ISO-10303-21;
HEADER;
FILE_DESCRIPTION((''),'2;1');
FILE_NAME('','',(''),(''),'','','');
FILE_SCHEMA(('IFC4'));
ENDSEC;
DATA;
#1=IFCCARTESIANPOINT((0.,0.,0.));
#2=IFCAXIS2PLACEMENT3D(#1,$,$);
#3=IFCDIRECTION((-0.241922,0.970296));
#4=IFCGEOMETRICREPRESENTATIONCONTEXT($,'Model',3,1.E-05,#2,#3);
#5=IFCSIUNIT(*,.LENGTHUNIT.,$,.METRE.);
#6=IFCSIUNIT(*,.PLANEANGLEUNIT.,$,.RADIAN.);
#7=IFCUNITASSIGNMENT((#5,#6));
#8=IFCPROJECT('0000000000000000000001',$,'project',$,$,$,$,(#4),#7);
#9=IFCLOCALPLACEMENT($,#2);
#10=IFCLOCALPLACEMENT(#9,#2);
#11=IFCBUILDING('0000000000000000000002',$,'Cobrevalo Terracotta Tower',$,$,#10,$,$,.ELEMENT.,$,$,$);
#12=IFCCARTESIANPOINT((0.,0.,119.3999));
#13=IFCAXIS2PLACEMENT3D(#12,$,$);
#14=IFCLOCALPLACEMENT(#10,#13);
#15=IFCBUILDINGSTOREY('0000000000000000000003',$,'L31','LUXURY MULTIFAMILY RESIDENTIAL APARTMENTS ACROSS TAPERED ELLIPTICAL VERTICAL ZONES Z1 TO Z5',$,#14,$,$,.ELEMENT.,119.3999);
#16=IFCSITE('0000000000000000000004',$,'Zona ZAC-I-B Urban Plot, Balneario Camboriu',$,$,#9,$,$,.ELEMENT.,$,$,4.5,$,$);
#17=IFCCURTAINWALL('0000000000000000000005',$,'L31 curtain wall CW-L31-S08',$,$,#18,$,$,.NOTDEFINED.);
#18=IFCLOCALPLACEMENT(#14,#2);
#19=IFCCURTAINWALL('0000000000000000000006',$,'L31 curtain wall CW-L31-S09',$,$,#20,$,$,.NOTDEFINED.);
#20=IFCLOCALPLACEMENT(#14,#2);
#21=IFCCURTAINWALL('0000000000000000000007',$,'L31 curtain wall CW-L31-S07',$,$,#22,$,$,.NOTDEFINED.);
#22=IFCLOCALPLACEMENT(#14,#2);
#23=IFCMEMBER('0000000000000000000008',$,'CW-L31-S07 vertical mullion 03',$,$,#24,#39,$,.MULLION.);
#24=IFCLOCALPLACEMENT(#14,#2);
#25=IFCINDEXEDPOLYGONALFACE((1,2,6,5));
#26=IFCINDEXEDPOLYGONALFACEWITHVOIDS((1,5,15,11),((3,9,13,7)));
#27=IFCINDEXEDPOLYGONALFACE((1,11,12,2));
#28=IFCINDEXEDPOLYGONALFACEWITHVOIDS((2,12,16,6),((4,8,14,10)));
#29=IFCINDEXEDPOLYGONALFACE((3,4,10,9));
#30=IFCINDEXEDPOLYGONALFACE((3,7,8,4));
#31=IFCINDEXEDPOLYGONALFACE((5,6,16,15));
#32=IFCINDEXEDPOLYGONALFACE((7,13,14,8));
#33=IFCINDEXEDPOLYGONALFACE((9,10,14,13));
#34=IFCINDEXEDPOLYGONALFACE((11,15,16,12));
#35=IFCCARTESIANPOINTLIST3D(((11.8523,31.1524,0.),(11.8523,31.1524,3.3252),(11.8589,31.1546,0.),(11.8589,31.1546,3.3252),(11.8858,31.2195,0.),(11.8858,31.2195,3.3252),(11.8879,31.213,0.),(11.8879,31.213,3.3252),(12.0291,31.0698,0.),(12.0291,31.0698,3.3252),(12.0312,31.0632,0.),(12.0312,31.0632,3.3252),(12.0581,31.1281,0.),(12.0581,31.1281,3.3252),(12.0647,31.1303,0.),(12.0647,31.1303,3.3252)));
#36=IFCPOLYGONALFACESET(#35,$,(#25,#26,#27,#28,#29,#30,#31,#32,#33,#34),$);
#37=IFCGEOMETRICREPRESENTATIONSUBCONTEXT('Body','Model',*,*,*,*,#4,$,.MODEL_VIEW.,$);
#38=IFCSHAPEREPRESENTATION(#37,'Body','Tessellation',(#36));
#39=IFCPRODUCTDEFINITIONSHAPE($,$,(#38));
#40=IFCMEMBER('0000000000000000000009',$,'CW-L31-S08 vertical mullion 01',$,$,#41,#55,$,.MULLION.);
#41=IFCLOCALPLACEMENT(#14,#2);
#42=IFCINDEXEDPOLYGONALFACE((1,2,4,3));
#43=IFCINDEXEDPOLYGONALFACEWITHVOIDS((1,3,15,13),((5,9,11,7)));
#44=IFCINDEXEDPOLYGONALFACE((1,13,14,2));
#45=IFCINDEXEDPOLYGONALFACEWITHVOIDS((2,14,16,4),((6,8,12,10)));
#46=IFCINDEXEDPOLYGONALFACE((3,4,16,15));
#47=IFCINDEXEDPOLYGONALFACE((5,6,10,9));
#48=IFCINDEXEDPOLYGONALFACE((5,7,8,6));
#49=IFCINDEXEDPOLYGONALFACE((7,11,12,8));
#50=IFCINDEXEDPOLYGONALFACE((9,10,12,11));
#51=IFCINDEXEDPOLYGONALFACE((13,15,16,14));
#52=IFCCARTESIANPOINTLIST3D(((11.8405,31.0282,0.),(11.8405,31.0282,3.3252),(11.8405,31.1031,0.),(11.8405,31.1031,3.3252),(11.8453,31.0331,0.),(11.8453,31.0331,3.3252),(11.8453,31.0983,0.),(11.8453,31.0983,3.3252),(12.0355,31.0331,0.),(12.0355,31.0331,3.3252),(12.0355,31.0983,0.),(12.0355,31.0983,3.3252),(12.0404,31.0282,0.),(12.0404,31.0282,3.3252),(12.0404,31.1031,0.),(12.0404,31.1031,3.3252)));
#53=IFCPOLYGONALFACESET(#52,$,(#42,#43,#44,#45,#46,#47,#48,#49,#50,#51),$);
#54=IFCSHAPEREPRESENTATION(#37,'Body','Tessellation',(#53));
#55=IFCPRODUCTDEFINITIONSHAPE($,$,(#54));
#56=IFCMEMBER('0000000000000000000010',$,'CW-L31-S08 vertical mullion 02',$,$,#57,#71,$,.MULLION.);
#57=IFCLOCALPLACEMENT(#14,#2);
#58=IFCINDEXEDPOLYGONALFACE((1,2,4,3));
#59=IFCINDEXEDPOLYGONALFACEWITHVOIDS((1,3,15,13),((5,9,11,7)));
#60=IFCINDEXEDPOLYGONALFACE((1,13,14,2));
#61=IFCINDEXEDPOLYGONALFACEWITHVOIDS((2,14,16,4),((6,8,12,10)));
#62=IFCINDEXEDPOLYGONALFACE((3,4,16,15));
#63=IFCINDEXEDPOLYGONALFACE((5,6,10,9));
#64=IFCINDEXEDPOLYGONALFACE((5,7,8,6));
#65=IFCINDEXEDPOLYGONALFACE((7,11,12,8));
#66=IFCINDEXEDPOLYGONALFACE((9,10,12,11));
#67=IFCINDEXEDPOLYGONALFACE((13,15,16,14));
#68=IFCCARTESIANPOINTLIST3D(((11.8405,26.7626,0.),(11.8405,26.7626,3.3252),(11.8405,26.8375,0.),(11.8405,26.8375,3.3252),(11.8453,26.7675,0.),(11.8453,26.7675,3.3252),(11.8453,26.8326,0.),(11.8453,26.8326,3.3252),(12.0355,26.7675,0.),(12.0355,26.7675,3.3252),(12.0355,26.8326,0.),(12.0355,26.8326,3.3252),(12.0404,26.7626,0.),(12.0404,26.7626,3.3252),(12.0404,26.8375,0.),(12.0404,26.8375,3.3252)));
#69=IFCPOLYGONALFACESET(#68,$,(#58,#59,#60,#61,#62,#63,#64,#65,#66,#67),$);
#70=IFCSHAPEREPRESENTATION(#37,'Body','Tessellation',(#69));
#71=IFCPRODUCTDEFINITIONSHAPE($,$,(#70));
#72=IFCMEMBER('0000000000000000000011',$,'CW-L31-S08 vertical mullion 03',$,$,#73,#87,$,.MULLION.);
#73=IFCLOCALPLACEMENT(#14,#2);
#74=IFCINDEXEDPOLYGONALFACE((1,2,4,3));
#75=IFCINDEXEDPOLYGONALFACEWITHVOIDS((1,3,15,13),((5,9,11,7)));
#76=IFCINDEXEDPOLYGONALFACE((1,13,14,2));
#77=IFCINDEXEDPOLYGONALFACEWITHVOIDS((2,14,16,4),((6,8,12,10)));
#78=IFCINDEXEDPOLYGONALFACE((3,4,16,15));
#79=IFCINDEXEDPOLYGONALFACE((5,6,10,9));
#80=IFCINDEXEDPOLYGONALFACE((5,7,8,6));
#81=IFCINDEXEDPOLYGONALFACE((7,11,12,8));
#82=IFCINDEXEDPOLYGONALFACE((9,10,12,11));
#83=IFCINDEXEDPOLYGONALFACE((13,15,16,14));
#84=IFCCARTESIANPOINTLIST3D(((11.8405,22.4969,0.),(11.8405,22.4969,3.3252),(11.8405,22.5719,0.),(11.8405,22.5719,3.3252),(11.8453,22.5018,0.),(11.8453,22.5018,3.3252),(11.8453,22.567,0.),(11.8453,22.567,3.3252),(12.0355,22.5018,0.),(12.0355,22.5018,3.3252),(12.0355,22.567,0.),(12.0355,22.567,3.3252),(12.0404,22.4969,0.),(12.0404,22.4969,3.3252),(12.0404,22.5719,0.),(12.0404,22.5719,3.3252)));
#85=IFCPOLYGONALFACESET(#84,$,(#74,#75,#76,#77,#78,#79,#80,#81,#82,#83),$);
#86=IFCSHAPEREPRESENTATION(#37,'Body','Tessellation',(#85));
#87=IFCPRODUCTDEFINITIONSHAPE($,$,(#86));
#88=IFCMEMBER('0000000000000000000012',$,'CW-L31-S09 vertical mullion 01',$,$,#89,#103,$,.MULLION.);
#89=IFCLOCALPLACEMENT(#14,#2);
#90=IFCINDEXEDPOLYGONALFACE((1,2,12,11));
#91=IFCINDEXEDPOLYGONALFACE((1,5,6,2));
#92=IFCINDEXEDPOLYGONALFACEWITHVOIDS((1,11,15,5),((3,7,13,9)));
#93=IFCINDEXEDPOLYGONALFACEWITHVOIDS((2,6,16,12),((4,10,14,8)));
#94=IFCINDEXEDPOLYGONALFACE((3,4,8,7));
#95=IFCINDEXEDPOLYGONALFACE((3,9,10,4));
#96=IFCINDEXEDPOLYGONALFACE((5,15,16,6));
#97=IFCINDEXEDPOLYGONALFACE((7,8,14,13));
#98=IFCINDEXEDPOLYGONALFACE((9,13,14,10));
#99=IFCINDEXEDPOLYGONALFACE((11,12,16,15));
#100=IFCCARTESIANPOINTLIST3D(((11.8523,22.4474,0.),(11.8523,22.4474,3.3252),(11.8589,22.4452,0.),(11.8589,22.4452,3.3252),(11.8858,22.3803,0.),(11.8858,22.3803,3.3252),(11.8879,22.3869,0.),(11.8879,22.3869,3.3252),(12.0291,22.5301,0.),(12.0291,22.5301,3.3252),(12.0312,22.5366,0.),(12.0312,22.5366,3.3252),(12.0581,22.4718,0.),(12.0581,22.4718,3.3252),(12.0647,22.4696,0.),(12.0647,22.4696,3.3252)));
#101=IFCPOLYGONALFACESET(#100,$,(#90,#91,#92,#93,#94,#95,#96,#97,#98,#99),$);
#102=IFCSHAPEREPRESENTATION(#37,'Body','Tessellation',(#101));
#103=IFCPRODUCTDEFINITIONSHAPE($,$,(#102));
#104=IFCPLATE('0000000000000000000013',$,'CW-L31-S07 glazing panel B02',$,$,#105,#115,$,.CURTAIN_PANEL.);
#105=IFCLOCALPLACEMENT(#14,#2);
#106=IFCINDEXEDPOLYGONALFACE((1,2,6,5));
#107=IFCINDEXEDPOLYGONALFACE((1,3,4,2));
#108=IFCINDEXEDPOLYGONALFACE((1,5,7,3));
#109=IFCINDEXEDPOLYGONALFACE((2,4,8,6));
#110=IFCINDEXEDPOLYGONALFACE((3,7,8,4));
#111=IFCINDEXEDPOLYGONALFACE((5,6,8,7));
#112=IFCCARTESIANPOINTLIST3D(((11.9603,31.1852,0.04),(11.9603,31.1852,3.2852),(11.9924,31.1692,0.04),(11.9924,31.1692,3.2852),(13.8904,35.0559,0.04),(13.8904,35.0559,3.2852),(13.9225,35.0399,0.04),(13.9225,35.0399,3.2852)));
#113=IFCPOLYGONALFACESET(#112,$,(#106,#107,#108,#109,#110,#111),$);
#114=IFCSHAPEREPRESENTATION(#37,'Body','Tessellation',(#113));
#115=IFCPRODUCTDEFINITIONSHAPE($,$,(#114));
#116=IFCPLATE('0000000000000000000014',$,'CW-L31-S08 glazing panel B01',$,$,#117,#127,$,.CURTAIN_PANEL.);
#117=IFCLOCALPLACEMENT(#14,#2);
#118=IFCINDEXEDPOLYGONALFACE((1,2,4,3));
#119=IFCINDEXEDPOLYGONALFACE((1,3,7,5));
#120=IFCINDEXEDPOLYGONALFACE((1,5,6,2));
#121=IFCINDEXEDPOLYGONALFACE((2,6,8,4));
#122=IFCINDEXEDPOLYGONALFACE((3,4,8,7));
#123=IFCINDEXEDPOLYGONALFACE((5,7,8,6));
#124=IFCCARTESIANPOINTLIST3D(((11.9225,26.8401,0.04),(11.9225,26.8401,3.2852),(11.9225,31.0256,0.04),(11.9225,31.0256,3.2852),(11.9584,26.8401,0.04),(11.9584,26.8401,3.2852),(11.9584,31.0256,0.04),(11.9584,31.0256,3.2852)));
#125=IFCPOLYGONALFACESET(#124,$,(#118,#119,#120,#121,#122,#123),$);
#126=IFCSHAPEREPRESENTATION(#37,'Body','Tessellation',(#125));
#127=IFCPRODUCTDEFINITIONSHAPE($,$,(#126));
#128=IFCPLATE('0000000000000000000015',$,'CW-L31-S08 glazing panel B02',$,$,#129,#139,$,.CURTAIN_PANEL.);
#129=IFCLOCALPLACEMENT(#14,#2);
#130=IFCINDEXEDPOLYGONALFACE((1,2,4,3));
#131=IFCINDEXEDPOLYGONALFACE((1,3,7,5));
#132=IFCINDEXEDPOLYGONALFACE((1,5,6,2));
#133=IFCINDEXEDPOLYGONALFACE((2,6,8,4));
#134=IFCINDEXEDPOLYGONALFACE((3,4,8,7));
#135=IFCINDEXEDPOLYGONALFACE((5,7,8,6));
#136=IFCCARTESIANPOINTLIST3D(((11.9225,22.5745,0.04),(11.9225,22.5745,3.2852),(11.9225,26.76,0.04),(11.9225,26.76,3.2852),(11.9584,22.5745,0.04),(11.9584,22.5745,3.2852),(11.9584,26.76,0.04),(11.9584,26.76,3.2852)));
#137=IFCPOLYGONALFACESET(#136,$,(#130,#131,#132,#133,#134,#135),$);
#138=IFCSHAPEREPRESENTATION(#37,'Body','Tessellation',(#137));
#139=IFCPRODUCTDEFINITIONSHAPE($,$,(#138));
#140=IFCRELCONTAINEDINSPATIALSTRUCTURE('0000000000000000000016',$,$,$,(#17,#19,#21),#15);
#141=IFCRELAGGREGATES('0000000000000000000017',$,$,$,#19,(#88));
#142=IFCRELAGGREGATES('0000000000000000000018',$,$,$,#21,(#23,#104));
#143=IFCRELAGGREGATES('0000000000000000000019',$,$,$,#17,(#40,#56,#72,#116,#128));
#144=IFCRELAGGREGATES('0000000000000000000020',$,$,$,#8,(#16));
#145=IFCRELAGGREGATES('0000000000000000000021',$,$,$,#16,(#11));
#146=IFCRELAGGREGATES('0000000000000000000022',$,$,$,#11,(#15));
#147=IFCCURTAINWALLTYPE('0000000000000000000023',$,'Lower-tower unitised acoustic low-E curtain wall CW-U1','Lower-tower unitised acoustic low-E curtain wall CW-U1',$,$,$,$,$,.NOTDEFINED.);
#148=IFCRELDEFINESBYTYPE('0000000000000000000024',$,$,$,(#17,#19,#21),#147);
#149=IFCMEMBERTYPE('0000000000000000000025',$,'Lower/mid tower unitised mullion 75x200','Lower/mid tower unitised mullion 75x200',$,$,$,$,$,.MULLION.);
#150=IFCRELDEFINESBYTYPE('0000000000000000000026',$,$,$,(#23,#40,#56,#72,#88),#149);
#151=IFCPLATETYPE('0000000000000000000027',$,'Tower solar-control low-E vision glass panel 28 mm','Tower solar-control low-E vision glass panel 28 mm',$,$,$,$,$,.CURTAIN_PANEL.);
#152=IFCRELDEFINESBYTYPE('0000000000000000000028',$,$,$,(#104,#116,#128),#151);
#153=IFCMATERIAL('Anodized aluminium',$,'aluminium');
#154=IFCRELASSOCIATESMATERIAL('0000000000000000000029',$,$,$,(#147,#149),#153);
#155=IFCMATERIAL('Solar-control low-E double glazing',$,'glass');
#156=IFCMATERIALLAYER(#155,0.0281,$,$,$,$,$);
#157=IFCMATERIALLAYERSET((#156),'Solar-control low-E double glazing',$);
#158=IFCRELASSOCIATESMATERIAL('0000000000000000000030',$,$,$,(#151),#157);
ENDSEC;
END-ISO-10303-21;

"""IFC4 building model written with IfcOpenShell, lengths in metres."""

from ifc_helpers import new_model, si_unit, direction, frame, origin, origin_2d, place, context, subcontext, project, spatial, rectangle, hollow_rectangle, extrude, source, transform, mapped, material, layer, layer_set, material_profile, profile_set, type_object, element, aggregate, save


model = new_model("IFC4")

# Units and contexts
model_context = context("Model", 3, precision=1e-05, world=origin(), true_north=direction((-0.241922, 0.970296)))
body_context = subcontext(model_context, "Body", "Model", "MODEL_VIEW")
ifc_project = project(units=[si_unit("LENGTHUNIT", "METRE"), si_unit("PLANEANGLEUNIT", "RADIAN")], contexts=[model_context])

# Site, building, storey
site_placement = place(None, origin())
site = spatial("IfcSite", under=ifc_project, at=site_placement, Name="Zona ZAC-I-B Urban Plot, Balneario Camboriu", CompositionType="ELEMENT", RefElevation=4.5)
building_placement = place(site_placement, origin())
building = spatial("IfcBuilding", under=site, at=building_placement, Name="Cobrevalo Terracotta Tower", CompositionType="ELEMENT")
storey_placement = place(building_placement, frame((0.0, 0.0, 119.3999)))
storey = spatial("IfcBuildingStorey", under=building, at=storey_placement, Name="L31", Description="LUXURY MULTIFAMILY RESIDENTIAL APARTMENTS ACROSS TAPERED ELLIPTICAL VERTICAL ZONES Z1 TO Z5", CompositionType="ELEMENT", Elevation=119.3999)

# Curtain wall
ifc_material_1 = material(Name="Anodized aluminium", Category="aluminium")
curtain_wall_type = type_object("IfcCurtainWallType", Name="Lower-tower unitised acoustic low-E curtain wall CW-U1", Description="Lower-tower unitised acoustic low-E curtain wall CW-U1", PredefinedType="NOTDEFINED", material=ifc_material_1)
curtain_wall_1_placement = place(storey_placement, origin())
curtain_wall_1 = element("IfcCurtainWall", 1, at=curtain_wall_1_placement, inside=storey, type_object=curtain_wall_type, Name="L31 curtain wall CW-L31-S08", PredefinedType="NOTDEFINED")

# Curtain walls, member
curtain_wall_2_placement = place(storey_placement, origin())
curtain_wall_2 = element("IfcCurtainWall", 2, at=curtain_wall_2_placement, inside=storey, type_object=curtain_wall_type, Name="L31 curtain wall CW-L31-S09", PredefinedType="NOTDEFINED")
curtain_wall_3_placement = place(storey_placement, origin())
curtain_wall_3 = element("IfcCurtainWall", 3, at=curtain_wall_3_placement, inside=storey, type_object=curtain_wall_type, Name="L31 curtain wall CW-L31-S07", PredefinedType="NOTDEFINED")
ifc_material_profile_1 = material_profile(ifc_material_1, hollow_rectangle(XDim=0.075, YDim=0.2, WallThickness=0.0049, at=origin_2d()), Name="CWM 75x200")
ifc_profile_set_1 = profile_set([ifc_material_profile_1], Name="Anodized aluminium")
member_type_1 = type_object("IfcMemberType", Name="Lower/mid tower unitised mullion 75x200", Description="Lower/mid tower unitised mullion 75x200", PredefinedType="MULLION", material=ifc_profile_set_1)
shared_shape_1 = source(origin(), body_context, "Body", "SweptSolid", [
    extrude(hollow_rectangle(XDim=0.075, YDim=0.2, WallThickness=0.0049, at=origin_2d()), origin(), (0.0, 0.0, 1.0), 3.3252),
])
member_1_placement = place(storey_placement, frame((11.9585, 31.1414, 0.0), z_axis=(0.0, 0.0, 1.0), x_axis=(-0.44626, -0.894903, 0.0)))
member_1 = element("IfcMember", 4, at=member_1_placement, type_object=member_type_1, Name="CW-L31-S07 vertical mullion 03", PredefinedType="MULLION", context=body_context, shape_type="MappedRepresentation", body=[
    mapped(shared_shape_1, transform((0.0, 0.0, 0.0), scale=1.0)),
])

# Members
member_2_placement = place(storey_placement, frame((11.9404, 31.0657, 0.0), z_axis=(0.0, 0.0, 1.0), x_axis=(0.0, -1.0, 0.0)))
member_2 = element("IfcMember", 5, at=member_2_placement, type_object=member_type_1, Name="CW-L31-S08 vertical mullion 01", PredefinedType="MULLION", context=body_context, shape_type="MappedRepresentation", body=[
    mapped(shared_shape_1, transform((0.0, 0.0, 0.0), scale=1.0)),
])
member_3_placement = place(storey_placement, frame((11.9404, 26.8, 0.0), z_axis=(0.0, 0.0, 1.0), x_axis=(0.0, -1.0, 0.0)))
member_3 = element("IfcMember", 6, at=member_3_placement, type_object=member_type_1, Name="CW-L31-S08 vertical mullion 02", PredefinedType="MULLION", context=body_context, shape_type="MappedRepresentation", body=[
    mapped(shared_shape_1, transform((0.0, 0.0, 0.0), scale=1.0)),
])
member_4_placement = place(storey_placement, frame((11.9404, 22.5344, 0.0), z_axis=(0.0, 0.0, 1.0), x_axis=(0.0, -1.0, 0.0)))
member_4 = element("IfcMember", 7, at=member_4_placement, type_object=member_type_1, Name="CW-L31-S08 vertical mullion 03", PredefinedType="MULLION", context=body_context, shape_type="MappedRepresentation", body=[
    mapped(shared_shape_1, transform((0.0, 0.0, 0.0), scale=1.0)),
])
member_5_placement = place(storey_placement, frame((11.9585, 22.4585, 0.0), z_axis=(0.0, 0.0, 1.0), x_axis=(0.44626, -0.894903, 0.0)))
member_5 = element("IfcMember", 8, at=member_5_placement, type_object=member_type_1, Name="CW-L31-S09 vertical mullion 01", PredefinedType="MULLION", context=body_context, shape_type="MappedRepresentation", body=[
    mapped(shared_shape_1, transform((0.0, 0.0, 0.0), scale=1.0)),
])
aggregate(curtain_wall_2, [member_5])

# Plates
ifc_material_2 = material(Name="Solar-control low-E double glazing", Category="glass")
ifc_layer = layer(ifc_material_2, 0.0281)
ifc_layer_set = layer_set([ifc_layer], Name="Solar-control low-E double glazing")
plate_type = type_object("IfcPlateType", Name="Tower solar-control low-E vision glass panel 28 mm", Description="Tower solar-control low-E vision glass panel 28 mm", PredefinedType="CURTAIN_PANEL", material=ifc_layer_set)
shared_shape_2 = source(origin(), body_context, "Body", "SweptSolid", [
    extrude(rectangle(XDim=4.3252, YDim=0.0359, at=origin_2d()), origin(), (0.0, 0.0, 1.0), 3.2451),
])
plate_1_placement = place(storey_placement, frame((12.9414, 33.1125, 0.04), z_axis=(0.0, 0.0, 1.0), x_axis=(-0.446262, -0.894902, 0.0)))
plate_1 = element("IfcPlate", 9, at=plate_1_placement, type_object=plate_type, Name="CW-L31-S07 glazing panel B02", PredefinedType="CURTAIN_PANEL", context=body_context, shape_type="MappedRepresentation", body=[
    mapped(shared_shape_2, transform((0.0, 0.0, 0.0), scale=1.0)),
])
aggregate(curtain_wall_3, [member_1, plate_1])
shared_shape_3 = source(origin(), body_context, "Body", "SweptSolid", [
    extrude(rectangle(XDim=4.1855, YDim=0.0359, at=origin_2d()), origin(), (0.0, 0.0, 1.0), 3.2451),
])
plate_2_placement = place(storey_placement, frame((11.9404, 28.9329, 0.04), z_axis=(0.0, 0.0, 1.0), x_axis=(0.0, -1.0, 0.0)))
plate_2 = element("IfcPlate", 10, at=plate_2_placement, type_object=plate_type, Name="CW-L31-S08 glazing panel B01", PredefinedType="CURTAIN_PANEL", context=body_context, shape_type="MappedRepresentation", body=[
    mapped(shared_shape_3, transform((0.0, 0.0, 0.0), scale=1.0)),
])
plate_3_placement = place(storey_placement, frame((11.9404, 24.6672, 0.04), z_axis=(0.0, 0.0, 1.0), x_axis=(0.0, -1.0, 0.0)))
plate_3 = element("IfcPlate", 11, at=plate_3_placement, type_object=plate_type, Name="CW-L31-S08 glazing panel B02", PredefinedType="CURTAIN_PANEL", context=body_context, shape_type="MappedRepresentation", body=[
    mapped(shared_shape_3, transform((0.0, 0.0, 0.0), scale=1.0)),
])
aggregate(curtain_wall_1, [member_2, member_3, member_4, plate_2, plate_3])

save(model, "model.ifc")
